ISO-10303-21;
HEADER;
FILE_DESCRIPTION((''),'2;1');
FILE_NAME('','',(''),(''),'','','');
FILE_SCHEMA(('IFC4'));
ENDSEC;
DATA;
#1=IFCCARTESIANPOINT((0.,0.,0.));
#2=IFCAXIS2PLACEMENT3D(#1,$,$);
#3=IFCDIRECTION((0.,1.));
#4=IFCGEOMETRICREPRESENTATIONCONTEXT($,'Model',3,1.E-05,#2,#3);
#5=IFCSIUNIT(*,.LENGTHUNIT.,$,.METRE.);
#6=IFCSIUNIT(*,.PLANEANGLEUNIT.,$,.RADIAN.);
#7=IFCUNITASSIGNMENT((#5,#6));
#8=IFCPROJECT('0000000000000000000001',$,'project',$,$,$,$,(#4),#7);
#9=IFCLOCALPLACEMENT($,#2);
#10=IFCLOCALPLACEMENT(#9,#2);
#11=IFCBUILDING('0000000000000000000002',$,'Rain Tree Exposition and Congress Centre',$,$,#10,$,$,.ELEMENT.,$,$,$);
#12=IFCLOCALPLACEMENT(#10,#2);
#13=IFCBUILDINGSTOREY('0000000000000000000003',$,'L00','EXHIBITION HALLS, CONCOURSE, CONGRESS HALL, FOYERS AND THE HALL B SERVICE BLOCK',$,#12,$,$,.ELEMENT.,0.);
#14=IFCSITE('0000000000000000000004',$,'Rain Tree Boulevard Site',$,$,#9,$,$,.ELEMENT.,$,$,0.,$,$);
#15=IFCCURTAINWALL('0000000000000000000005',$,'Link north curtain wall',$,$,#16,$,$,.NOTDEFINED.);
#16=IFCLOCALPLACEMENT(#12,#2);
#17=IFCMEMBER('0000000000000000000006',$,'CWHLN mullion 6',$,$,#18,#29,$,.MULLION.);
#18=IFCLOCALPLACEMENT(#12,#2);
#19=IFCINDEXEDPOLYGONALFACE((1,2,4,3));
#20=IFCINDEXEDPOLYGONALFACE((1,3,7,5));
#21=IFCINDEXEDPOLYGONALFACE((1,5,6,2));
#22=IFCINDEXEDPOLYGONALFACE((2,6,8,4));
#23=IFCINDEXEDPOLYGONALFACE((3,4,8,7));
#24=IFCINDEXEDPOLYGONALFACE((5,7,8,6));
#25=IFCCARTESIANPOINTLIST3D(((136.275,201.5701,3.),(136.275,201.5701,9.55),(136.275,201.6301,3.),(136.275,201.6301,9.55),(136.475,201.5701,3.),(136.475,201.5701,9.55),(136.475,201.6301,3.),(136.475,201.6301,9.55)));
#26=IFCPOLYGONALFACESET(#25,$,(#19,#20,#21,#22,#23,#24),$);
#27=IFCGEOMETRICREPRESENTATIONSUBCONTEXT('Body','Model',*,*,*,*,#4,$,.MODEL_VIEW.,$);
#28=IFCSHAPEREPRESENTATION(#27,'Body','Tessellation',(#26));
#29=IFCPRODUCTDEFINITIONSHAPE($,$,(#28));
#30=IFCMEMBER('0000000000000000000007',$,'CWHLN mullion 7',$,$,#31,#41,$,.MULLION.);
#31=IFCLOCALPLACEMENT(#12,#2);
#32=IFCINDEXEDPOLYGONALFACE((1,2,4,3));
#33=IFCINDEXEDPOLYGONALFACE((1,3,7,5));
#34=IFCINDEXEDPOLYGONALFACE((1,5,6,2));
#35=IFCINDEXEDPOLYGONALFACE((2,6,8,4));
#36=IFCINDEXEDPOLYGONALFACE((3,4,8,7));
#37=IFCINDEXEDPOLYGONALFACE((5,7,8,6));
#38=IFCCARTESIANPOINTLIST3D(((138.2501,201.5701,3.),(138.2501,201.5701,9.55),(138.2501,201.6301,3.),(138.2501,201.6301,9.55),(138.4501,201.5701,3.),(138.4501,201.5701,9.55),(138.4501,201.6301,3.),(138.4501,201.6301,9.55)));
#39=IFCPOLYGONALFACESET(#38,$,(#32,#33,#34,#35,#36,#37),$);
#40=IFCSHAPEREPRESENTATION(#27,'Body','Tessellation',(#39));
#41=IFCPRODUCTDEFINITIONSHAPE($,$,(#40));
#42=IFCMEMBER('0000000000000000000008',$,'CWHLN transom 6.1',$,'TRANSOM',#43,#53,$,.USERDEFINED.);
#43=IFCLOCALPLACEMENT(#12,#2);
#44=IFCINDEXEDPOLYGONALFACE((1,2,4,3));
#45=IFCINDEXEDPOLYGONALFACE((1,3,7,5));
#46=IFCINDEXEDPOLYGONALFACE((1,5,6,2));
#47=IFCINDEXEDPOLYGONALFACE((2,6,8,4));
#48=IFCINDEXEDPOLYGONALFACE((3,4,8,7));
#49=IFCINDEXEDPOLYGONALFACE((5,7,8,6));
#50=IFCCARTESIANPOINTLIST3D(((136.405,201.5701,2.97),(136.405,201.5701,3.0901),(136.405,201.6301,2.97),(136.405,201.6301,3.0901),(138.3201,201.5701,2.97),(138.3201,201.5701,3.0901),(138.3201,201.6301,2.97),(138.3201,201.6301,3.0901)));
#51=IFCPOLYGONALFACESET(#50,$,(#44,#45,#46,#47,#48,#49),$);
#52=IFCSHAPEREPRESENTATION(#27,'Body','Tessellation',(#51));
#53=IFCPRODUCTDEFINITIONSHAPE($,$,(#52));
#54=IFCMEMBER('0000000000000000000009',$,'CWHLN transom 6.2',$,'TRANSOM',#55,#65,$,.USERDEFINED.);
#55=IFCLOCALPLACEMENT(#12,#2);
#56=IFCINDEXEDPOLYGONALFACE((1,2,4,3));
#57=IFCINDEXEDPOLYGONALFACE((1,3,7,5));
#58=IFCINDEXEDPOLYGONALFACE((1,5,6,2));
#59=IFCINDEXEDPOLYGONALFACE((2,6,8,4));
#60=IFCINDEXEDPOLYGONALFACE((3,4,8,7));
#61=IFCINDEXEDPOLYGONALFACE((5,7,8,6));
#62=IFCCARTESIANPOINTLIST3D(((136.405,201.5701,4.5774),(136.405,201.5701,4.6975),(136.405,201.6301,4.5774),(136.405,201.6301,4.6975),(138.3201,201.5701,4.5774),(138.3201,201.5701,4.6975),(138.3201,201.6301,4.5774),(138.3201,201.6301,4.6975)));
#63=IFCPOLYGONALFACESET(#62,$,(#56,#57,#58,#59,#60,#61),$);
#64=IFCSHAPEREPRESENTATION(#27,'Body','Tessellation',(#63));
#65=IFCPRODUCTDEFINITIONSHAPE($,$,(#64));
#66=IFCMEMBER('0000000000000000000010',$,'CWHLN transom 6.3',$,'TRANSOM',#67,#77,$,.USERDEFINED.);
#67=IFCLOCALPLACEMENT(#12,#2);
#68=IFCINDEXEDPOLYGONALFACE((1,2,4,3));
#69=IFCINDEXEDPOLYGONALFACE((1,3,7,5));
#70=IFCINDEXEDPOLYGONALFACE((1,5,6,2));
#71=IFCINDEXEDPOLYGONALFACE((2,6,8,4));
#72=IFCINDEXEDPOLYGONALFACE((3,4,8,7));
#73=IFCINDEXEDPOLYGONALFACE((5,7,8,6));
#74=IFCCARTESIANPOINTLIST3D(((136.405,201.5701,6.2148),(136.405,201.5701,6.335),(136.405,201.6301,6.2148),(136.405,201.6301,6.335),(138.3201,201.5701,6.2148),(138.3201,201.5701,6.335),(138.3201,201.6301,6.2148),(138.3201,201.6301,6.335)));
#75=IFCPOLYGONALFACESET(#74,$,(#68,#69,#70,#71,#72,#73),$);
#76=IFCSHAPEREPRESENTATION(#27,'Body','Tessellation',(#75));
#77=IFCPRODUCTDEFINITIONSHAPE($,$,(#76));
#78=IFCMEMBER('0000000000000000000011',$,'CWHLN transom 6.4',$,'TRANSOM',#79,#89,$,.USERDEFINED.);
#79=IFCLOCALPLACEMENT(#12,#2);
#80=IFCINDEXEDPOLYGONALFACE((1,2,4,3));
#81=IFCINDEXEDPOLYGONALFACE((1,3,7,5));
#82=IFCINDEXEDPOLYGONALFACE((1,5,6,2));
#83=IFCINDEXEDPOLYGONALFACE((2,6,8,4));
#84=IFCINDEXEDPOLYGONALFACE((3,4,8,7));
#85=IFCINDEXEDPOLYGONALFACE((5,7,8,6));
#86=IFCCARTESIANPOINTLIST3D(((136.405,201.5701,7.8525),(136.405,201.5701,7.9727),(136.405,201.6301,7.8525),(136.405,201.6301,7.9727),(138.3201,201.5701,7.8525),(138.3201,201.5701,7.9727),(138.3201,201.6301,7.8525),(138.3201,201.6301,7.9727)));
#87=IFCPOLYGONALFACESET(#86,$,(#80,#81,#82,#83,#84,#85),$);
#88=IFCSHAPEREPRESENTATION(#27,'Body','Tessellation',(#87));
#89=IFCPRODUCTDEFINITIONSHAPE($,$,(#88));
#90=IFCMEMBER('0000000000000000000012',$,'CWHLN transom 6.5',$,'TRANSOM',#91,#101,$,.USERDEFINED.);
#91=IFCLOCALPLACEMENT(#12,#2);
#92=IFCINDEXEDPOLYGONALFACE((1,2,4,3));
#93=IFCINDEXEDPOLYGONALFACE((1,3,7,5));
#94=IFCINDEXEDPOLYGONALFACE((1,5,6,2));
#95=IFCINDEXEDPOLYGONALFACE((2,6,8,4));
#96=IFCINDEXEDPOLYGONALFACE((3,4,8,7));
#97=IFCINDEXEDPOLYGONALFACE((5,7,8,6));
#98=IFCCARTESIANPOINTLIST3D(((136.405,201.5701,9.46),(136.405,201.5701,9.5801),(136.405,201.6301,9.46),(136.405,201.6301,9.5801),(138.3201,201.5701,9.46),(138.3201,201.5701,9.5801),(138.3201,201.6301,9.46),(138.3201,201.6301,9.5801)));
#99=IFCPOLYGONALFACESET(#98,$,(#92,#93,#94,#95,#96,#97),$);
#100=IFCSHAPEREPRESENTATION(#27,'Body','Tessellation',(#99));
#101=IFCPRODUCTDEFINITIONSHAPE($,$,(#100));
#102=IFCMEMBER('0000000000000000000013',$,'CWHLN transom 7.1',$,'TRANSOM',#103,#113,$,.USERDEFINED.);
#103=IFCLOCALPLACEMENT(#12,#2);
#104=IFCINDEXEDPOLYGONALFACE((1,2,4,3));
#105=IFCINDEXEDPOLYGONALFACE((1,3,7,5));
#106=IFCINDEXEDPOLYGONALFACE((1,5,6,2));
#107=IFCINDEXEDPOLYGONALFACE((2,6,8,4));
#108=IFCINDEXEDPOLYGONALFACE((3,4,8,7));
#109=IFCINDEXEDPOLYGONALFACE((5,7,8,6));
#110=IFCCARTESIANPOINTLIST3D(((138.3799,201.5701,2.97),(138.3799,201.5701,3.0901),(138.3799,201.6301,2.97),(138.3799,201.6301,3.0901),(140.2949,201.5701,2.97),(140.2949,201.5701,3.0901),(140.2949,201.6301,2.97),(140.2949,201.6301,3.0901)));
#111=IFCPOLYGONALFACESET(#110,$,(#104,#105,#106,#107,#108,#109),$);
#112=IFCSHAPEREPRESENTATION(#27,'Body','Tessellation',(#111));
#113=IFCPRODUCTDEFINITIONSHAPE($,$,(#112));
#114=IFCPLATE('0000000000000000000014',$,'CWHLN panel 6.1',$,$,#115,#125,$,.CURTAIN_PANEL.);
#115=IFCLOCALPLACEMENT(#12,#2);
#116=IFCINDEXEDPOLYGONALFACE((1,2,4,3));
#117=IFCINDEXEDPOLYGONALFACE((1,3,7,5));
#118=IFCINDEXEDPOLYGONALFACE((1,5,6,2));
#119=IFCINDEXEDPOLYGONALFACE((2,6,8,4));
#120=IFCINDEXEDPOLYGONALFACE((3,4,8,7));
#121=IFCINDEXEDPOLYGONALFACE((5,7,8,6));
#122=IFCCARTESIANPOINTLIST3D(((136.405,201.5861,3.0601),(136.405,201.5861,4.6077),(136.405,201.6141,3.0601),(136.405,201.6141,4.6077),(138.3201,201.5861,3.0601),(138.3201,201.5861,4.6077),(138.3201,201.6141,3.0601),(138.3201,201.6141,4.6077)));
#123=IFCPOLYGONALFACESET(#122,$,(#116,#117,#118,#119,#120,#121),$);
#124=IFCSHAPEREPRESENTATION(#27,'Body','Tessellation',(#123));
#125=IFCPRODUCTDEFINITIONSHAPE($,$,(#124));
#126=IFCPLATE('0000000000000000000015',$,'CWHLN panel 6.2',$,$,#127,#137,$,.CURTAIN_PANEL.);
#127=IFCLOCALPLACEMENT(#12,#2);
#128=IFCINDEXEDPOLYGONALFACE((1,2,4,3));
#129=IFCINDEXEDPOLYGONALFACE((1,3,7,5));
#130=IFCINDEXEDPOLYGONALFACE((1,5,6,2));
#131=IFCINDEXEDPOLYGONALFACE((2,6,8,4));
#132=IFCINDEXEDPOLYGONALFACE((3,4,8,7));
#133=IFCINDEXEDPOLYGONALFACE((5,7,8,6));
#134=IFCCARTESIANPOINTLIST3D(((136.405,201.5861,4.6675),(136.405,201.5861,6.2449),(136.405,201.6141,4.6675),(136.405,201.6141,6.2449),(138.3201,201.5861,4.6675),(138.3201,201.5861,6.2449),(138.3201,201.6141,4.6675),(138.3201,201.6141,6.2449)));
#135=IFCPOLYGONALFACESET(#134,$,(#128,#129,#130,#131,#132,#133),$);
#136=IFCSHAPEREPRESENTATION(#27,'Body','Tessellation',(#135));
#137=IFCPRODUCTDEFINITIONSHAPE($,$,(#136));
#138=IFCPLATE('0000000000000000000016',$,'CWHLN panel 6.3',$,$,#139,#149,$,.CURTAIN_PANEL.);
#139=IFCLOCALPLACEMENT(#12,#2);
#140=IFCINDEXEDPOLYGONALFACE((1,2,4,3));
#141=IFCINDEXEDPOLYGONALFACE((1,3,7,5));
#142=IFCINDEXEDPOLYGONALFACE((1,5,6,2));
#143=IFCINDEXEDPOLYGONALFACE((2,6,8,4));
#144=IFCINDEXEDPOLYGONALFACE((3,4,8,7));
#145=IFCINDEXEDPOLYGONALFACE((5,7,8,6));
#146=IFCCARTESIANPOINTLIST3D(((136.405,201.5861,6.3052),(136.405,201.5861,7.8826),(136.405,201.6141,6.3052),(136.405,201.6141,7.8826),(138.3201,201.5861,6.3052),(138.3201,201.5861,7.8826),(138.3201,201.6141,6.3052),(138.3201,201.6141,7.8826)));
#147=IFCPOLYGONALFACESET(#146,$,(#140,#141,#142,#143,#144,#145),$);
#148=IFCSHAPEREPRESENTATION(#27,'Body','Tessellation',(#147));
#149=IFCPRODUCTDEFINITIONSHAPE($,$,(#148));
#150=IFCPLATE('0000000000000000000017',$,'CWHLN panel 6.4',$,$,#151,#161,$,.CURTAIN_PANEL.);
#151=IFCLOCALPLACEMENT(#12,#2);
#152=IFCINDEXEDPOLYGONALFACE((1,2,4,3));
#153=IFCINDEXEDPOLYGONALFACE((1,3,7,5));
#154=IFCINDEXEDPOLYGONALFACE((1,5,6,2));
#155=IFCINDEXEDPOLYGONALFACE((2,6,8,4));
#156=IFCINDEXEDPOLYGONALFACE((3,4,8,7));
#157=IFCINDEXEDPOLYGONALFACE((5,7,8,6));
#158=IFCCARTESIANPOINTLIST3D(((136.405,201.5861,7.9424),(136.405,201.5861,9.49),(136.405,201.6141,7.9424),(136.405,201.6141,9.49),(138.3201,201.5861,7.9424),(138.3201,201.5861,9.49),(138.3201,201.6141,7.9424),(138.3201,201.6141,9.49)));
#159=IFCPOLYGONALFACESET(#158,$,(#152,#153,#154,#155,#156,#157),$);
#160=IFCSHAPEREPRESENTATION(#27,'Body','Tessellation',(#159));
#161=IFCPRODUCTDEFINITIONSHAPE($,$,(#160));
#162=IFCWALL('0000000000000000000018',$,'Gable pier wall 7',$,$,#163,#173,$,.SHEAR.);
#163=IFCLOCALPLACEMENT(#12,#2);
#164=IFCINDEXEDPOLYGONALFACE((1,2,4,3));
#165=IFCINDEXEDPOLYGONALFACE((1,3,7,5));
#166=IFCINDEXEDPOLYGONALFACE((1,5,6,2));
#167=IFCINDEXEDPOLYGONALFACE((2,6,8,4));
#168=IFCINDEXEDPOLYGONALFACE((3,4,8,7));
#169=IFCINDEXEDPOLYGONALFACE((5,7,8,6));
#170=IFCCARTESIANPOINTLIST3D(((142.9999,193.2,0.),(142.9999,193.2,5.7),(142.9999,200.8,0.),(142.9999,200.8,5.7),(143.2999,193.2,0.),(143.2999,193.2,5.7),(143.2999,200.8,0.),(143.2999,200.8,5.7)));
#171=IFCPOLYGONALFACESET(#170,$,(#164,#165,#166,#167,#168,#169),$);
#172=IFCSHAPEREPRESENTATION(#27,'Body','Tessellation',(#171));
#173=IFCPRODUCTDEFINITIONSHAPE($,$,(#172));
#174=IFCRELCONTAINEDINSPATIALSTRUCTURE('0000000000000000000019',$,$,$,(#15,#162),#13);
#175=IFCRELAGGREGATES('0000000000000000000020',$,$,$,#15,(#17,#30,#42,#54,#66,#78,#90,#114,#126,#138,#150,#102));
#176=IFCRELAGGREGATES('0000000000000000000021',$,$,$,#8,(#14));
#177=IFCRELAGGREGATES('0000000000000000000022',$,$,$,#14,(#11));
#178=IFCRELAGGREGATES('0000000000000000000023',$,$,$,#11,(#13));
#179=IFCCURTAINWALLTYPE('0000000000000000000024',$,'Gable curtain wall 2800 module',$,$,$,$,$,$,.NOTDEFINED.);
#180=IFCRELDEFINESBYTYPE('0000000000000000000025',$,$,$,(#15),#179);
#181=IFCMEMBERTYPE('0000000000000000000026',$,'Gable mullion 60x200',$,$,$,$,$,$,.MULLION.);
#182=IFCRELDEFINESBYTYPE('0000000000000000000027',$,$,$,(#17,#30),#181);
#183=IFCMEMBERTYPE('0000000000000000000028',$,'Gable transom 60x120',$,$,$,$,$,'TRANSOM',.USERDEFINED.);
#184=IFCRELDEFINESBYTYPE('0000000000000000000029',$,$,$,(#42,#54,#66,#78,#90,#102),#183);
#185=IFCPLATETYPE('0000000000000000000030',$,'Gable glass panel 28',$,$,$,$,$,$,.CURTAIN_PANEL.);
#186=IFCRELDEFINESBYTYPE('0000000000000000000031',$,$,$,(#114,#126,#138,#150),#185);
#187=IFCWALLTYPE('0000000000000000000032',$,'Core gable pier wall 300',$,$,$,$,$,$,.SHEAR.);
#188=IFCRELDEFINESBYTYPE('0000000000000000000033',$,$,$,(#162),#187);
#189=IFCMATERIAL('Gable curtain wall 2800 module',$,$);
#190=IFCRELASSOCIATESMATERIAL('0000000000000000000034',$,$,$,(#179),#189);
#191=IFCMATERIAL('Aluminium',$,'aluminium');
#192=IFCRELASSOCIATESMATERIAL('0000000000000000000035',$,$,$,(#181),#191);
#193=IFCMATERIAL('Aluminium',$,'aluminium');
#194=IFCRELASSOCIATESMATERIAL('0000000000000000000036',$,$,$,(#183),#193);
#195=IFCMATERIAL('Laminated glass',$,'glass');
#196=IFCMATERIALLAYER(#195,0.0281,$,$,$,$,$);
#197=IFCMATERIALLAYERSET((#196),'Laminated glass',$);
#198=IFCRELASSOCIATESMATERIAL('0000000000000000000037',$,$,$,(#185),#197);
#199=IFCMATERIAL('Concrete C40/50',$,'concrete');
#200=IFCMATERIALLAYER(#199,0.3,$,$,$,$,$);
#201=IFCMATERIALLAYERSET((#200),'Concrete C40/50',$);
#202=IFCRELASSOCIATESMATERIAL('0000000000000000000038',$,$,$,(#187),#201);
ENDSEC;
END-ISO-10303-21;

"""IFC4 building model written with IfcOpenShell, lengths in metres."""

from ifc_helpers import new_model, si_unit, direction, frame, frame_2d, origin, origin_2d, place, context, subcontext, project, spatial, rectangle, extrude, material, layer, layer_set, material_profile, profile_set, type_object, element, aggregate, save


model = new_model("IFC4")

# Units and contexts
model_context = context("Model", 3, precision=1e-05, world=origin(), true_north=direction((0.0, 1.0)))
body_context = subcontext(model_context, "Body", "Model", "MODEL_VIEW")
ifc_project = project(units=[si_unit("LENGTHUNIT", "METRE"), si_unit("PLANEANGLEUNIT", "RADIAN")], contexts=[model_context])

# Site, building, storey
site_placement = place(None, origin())
site = spatial("IfcSite", under=ifc_project, at=site_placement, Name="Rain Tree Boulevard Site", CompositionType="ELEMENT", RefElevation=0.0)
building_placement = place(site_placement, origin())
building = spatial("IfcBuilding", under=site, at=building_placement, Name="Rain Tree Exposition and Congress Centre", CompositionType="ELEMENT")
storey_placement = place(building_placement, origin())
storey = spatial("IfcBuildingStorey", under=building, at=storey_placement, Name="L00", Description="EXHIBITION HALLS, CONCOURSE, CONGRESS HALL, FOYERS AND THE HALL B SERVICE BLOCK", CompositionType="ELEMENT", Elevation=0.0)

# Curtain wall, members, plates
ifc_material_1 = material(Name="Gable curtain wall 2800 module")
curtain_wall_type = type_object("IfcCurtainWallType", Name="Gable curtain wall 2800 module", PredefinedType="NOTDEFINED", material=ifc_material_1)
curtain_wall_placement = place(storey_placement, origin())
curtain_wall = element("IfcCurtainWall", 1, at=curtain_wall_placement, inside=storey, type_object=curtain_wall_type, Name="Link north curtain wall", PredefinedType="NOTDEFINED")
ifc_material_2 = material(Name="Aluminium", Category="aluminium")
ifc_material_profile_1 = material_profile(ifc_material_2, rectangle(XDim=0.0601, YDim=0.2, at=origin_2d()), Name="Aluminium 60x200")
ifc_profile_set_1 = profile_set([ifc_material_profile_1], Name="Aluminium")
member_type_1 = type_object("IfcMemberType", Name="Gable mullion 60x200", PredefinedType="MULLION", material=ifc_profile_set_1)
member_1_placement = place(storey_placement, frame((136.375, 201.6001, 3.0), z_axis=(0.0, 0.0, 1.0), x_axis=(0.0, 1.0, 0.0)))
member_1 = element("IfcMember", 2, at=member_1_placement, type_object=member_type_1, Name="CWHLN mullion 6", PredefinedType="MULLION", context=body_context, shape_type="SweptSolid", body=[
    extrude(rectangle(XDim=0.0601, YDim=0.2, at=origin_2d()), origin(), (0.0, 0.0, 1.0), 6.55),
])
member_2_placement = place(storey_placement, frame((138.3501, 201.6001, 3.0), z_axis=(0.0, 0.0, 1.0), x_axis=(0.0, 1.0, 0.0)))
member_2 = element("IfcMember", 3, at=member_2_placement, type_object=member_type_1, Name="CWHLN mullion 7", PredefinedType="MULLION", context=body_context, shape_type="SweptSolid", body=[
    extrude(rectangle(XDim=0.0601, YDim=0.2, at=origin_2d()), origin(), (0.0, 0.0, 1.0), 6.55),
])
ifc_material_3 = material(Name="Aluminium", Category="aluminium")
ifc_material_profile_2 = material_profile(ifc_material_3, rectangle(XDim=0.0601, YDim=0.1201, at=origin_2d()), Name="Aluminium 60x120")
ifc_profile_set_2 = profile_set([ifc_material_profile_2], Name="Aluminium")
member_type_2 = type_object("IfcMemberType", Name="Gable transom 60x120", ElementType="TRANSOM", PredefinedType="USERDEFINED", material=ifc_profile_set_2)
member_3_placement = place(storey_placement, frame((136.405, 201.6001, 3.03), z_axis=(1.0, 0.0, 0.0), x_axis=(0.0, 1.0, 0.0)))
member_3 = element("IfcMember", 4, at=member_3_placement, type_object=member_type_2, Name="CWHLN transom 6.1", ObjectType="TRANSOM", PredefinedType="USERDEFINED", context=body_context, shape_type="SweptSolid", body=[
    extrude(rectangle(XDim=0.0601, YDim=0.1201, at=origin_2d()), origin(), (0.0, 0.0, 1.0), 1.915),
])
member_4_placement = place(storey_placement, frame((136.405, 201.6001, 4.6375), z_axis=(1.0, 0.0, 0.0), x_axis=(0.0, 1.0, 0.0)))
member_4 = element("IfcMember", 5, at=member_4_placement, type_object=member_type_2, Name="CWHLN transom 6.2", ObjectType="TRANSOM", PredefinedType="USERDEFINED", context=body_context, shape_type="SweptSolid", body=[
    extrude(rectangle(XDim=0.0601, YDim=0.1201, at=origin_2d()), origin(), (0.0, 0.0, 1.0), 1.915),
])
member_5_placement = place(storey_placement, frame((136.405, 201.6001, 6.2749), z_axis=(1.0, 0.0, 0.0), x_axis=(0.0, 1.0, 0.0)))
member_5 = element("IfcMember", 6, at=member_5_placement, type_object=member_type_2, Name="CWHLN transom 6.3", ObjectType="TRANSOM", PredefinedType="USERDEFINED", context=body_context, shape_type="SweptSolid", body=[
    extrude(rectangle(XDim=0.0601, YDim=0.1201, at=origin_2d()), origin(), (0.0, 0.0, 1.0), 1.915),
])
member_6_placement = place(storey_placement, frame((136.405, 201.6001, 7.9126), z_axis=(1.0, 0.0, 0.0), x_axis=(0.0, 1.0, 0.0)))
member_6 = element("IfcMember", 7, at=member_6_placement, type_object=member_type_2, Name="CWHLN transom 6.4", ObjectType="TRANSOM", PredefinedType="USERDEFINED", context=body_context, shape_type="SweptSolid", body=[
    extrude(rectangle(XDim=0.0601, YDim=0.1201, at=origin_2d()), origin(), (0.0, 0.0, 1.0), 1.915),
])
member_7_placement = place(storey_placement, frame((136.405, 201.6001, 9.52), z_axis=(1.0, 0.0, 0.0), x_axis=(0.0, 1.0, 0.0)))
member_7 = element("IfcMember", 8, at=member_7_placement, type_object=member_type_2, Name="CWHLN transom 6.5", ObjectType="TRANSOM", PredefinedType="USERDEFINED", context=body_context, shape_type="SweptSolid", body=[
    extrude(rectangle(XDim=0.0601, YDim=0.1201, at=origin_2d()), origin(), (0.0, 0.0, 1.0), 1.915),
])
member_8_placement = place(storey_placement, frame((138.3799, 201.6001, 3.03), z_axis=(1.0, 0.0, 0.0), x_axis=(0.0, 1.0, 0.0)))
member_8 = element("IfcMember", 9, at=member_8_placement, type_object=member_type_2, Name="CWHLN transom 7.1", ObjectType="TRANSOM", PredefinedType="USERDEFINED", context=body_context, shape_type="SweptSolid", body=[
    extrude(rectangle(XDim=0.0601, YDim=0.1201, at=origin_2d()), origin(), (0.0, 0.0, 1.0), 1.915),
])
ifc_material_4 = material(Name="Laminated glass", Category="glass")
ifc_layer_1 = layer(ifc_material_4, 0.0281)
ifc_layer_set_1 = layer_set([ifc_layer_1], Name="Laminated glass")
plate_type = type_object("IfcPlateType", Name="Gable glass panel 28", PredefinedType="CURTAIN_PANEL", material=ifc_layer_set_1)
plate_1_placement = place(storey_placement, frame((137.3625, 201.6001, 3.0601), z_axis=(0.0, 0.0, 1.0), x_axis=(1.0, 0.0, 0.0)))
plate_1 = element("IfcPlate", 10, at=plate_1_placement, type_object=plate_type, Name="CWHLN panel 6.1", PredefinedType="CURTAIN_PANEL", context=body_context, shape_type="SweptSolid", body=[
    extrude(rectangle(XDim=1.915, YDim=0.0281, at=origin_2d()), origin(), (0.0, 0.0, 1.0), 1.5476),
])
plate_2_placement = place(storey_placement, frame((137.3625, 201.6001, 4.6675), z_axis=(0.0, 0.0, 1.0), x_axis=(1.0, 0.0, 0.0)))
plate_2 = element("IfcPlate", 11, at=plate_2_placement, type_object=plate_type, Name="CWHLN panel 6.2", PredefinedType="CURTAIN_PANEL", context=body_context, shape_type="SweptSolid", body=[
    extrude(rectangle(XDim=1.915, YDim=0.0281, at=origin_2d()), origin(), (0.0, 0.0, 1.0), 1.5774),
])
plate_3_placement = place(storey_placement, frame((137.3625, 201.6001, 6.3052), z_axis=(0.0, 0.0, 1.0), x_axis=(1.0, 0.0, 0.0)))
plate_3 = element("IfcPlate", 12, at=plate_3_placement, type_object=plate_type, Name="CWHLN panel 6.3", PredefinedType="CURTAIN_PANEL", context=body_context, shape_type="SweptSolid", body=[
    extrude(rectangle(XDim=1.915, YDim=0.0281, at=origin_2d()), origin(), (0.0, 0.0, 1.0), 1.5774),
])
plate_4_placement = place(storey_placement, frame((137.3625, 201.6001, 7.9424), z_axis=(0.0, 0.0, 1.0), x_axis=(1.0, 0.0, 0.0)))
plate_4 = element("IfcPlate", 13, at=plate_4_placement, type_object=plate_type, Name="CWHLN panel 6.4", PredefinedType="CURTAIN_PANEL", context=body_context, shape_type="SweptSolid", body=[
    extrude(rectangle(XDim=1.915, YDim=0.0281, at=origin_2d()), origin(), (0.0, 0.0, 1.0), 1.5476),
])
aggregate(curtain_wall, [member_1, member_2, member_3, member_4, member_5, member_6, member_7, plate_1, plate_2, plate_3, plate_4, member_8])

# Wall
ifc_material_5 = material(Name="Concrete C40/50", Category="concrete")
ifc_layer_2 = layer(ifc_material_5, 0.3)
ifc_layer_set_2 = layer_set([ifc_layer_2], Name="Concrete C40/50")
wall_type_1 = type_object("IfcWallType", Name="Core gable pier wall 300", PredefinedType="SHEAR", material=ifc_layer_set_2)
wall_1_placement = place(storey_placement, frame((143.1499, 200.8, 0.0), z_axis=(0.0, 0.0, 1.0), x_axis=(0.0, -1.0, 0.0)))
element("IfcWall", 14, at=wall_1_placement, inside=storey, type_object=wall_type_1, Name="Gable pier wall 7", PredefinedType="SHEAR", context=body_context, shape_type="SweptSolid", body=[
    extrude(rectangle(XDim=7.6001, YDim=0.3, at=frame_2d((3.8, 0.0))), origin(), (0.0, 0.0, 1.0), 5.7),
])

save(model, "model.ifc")
